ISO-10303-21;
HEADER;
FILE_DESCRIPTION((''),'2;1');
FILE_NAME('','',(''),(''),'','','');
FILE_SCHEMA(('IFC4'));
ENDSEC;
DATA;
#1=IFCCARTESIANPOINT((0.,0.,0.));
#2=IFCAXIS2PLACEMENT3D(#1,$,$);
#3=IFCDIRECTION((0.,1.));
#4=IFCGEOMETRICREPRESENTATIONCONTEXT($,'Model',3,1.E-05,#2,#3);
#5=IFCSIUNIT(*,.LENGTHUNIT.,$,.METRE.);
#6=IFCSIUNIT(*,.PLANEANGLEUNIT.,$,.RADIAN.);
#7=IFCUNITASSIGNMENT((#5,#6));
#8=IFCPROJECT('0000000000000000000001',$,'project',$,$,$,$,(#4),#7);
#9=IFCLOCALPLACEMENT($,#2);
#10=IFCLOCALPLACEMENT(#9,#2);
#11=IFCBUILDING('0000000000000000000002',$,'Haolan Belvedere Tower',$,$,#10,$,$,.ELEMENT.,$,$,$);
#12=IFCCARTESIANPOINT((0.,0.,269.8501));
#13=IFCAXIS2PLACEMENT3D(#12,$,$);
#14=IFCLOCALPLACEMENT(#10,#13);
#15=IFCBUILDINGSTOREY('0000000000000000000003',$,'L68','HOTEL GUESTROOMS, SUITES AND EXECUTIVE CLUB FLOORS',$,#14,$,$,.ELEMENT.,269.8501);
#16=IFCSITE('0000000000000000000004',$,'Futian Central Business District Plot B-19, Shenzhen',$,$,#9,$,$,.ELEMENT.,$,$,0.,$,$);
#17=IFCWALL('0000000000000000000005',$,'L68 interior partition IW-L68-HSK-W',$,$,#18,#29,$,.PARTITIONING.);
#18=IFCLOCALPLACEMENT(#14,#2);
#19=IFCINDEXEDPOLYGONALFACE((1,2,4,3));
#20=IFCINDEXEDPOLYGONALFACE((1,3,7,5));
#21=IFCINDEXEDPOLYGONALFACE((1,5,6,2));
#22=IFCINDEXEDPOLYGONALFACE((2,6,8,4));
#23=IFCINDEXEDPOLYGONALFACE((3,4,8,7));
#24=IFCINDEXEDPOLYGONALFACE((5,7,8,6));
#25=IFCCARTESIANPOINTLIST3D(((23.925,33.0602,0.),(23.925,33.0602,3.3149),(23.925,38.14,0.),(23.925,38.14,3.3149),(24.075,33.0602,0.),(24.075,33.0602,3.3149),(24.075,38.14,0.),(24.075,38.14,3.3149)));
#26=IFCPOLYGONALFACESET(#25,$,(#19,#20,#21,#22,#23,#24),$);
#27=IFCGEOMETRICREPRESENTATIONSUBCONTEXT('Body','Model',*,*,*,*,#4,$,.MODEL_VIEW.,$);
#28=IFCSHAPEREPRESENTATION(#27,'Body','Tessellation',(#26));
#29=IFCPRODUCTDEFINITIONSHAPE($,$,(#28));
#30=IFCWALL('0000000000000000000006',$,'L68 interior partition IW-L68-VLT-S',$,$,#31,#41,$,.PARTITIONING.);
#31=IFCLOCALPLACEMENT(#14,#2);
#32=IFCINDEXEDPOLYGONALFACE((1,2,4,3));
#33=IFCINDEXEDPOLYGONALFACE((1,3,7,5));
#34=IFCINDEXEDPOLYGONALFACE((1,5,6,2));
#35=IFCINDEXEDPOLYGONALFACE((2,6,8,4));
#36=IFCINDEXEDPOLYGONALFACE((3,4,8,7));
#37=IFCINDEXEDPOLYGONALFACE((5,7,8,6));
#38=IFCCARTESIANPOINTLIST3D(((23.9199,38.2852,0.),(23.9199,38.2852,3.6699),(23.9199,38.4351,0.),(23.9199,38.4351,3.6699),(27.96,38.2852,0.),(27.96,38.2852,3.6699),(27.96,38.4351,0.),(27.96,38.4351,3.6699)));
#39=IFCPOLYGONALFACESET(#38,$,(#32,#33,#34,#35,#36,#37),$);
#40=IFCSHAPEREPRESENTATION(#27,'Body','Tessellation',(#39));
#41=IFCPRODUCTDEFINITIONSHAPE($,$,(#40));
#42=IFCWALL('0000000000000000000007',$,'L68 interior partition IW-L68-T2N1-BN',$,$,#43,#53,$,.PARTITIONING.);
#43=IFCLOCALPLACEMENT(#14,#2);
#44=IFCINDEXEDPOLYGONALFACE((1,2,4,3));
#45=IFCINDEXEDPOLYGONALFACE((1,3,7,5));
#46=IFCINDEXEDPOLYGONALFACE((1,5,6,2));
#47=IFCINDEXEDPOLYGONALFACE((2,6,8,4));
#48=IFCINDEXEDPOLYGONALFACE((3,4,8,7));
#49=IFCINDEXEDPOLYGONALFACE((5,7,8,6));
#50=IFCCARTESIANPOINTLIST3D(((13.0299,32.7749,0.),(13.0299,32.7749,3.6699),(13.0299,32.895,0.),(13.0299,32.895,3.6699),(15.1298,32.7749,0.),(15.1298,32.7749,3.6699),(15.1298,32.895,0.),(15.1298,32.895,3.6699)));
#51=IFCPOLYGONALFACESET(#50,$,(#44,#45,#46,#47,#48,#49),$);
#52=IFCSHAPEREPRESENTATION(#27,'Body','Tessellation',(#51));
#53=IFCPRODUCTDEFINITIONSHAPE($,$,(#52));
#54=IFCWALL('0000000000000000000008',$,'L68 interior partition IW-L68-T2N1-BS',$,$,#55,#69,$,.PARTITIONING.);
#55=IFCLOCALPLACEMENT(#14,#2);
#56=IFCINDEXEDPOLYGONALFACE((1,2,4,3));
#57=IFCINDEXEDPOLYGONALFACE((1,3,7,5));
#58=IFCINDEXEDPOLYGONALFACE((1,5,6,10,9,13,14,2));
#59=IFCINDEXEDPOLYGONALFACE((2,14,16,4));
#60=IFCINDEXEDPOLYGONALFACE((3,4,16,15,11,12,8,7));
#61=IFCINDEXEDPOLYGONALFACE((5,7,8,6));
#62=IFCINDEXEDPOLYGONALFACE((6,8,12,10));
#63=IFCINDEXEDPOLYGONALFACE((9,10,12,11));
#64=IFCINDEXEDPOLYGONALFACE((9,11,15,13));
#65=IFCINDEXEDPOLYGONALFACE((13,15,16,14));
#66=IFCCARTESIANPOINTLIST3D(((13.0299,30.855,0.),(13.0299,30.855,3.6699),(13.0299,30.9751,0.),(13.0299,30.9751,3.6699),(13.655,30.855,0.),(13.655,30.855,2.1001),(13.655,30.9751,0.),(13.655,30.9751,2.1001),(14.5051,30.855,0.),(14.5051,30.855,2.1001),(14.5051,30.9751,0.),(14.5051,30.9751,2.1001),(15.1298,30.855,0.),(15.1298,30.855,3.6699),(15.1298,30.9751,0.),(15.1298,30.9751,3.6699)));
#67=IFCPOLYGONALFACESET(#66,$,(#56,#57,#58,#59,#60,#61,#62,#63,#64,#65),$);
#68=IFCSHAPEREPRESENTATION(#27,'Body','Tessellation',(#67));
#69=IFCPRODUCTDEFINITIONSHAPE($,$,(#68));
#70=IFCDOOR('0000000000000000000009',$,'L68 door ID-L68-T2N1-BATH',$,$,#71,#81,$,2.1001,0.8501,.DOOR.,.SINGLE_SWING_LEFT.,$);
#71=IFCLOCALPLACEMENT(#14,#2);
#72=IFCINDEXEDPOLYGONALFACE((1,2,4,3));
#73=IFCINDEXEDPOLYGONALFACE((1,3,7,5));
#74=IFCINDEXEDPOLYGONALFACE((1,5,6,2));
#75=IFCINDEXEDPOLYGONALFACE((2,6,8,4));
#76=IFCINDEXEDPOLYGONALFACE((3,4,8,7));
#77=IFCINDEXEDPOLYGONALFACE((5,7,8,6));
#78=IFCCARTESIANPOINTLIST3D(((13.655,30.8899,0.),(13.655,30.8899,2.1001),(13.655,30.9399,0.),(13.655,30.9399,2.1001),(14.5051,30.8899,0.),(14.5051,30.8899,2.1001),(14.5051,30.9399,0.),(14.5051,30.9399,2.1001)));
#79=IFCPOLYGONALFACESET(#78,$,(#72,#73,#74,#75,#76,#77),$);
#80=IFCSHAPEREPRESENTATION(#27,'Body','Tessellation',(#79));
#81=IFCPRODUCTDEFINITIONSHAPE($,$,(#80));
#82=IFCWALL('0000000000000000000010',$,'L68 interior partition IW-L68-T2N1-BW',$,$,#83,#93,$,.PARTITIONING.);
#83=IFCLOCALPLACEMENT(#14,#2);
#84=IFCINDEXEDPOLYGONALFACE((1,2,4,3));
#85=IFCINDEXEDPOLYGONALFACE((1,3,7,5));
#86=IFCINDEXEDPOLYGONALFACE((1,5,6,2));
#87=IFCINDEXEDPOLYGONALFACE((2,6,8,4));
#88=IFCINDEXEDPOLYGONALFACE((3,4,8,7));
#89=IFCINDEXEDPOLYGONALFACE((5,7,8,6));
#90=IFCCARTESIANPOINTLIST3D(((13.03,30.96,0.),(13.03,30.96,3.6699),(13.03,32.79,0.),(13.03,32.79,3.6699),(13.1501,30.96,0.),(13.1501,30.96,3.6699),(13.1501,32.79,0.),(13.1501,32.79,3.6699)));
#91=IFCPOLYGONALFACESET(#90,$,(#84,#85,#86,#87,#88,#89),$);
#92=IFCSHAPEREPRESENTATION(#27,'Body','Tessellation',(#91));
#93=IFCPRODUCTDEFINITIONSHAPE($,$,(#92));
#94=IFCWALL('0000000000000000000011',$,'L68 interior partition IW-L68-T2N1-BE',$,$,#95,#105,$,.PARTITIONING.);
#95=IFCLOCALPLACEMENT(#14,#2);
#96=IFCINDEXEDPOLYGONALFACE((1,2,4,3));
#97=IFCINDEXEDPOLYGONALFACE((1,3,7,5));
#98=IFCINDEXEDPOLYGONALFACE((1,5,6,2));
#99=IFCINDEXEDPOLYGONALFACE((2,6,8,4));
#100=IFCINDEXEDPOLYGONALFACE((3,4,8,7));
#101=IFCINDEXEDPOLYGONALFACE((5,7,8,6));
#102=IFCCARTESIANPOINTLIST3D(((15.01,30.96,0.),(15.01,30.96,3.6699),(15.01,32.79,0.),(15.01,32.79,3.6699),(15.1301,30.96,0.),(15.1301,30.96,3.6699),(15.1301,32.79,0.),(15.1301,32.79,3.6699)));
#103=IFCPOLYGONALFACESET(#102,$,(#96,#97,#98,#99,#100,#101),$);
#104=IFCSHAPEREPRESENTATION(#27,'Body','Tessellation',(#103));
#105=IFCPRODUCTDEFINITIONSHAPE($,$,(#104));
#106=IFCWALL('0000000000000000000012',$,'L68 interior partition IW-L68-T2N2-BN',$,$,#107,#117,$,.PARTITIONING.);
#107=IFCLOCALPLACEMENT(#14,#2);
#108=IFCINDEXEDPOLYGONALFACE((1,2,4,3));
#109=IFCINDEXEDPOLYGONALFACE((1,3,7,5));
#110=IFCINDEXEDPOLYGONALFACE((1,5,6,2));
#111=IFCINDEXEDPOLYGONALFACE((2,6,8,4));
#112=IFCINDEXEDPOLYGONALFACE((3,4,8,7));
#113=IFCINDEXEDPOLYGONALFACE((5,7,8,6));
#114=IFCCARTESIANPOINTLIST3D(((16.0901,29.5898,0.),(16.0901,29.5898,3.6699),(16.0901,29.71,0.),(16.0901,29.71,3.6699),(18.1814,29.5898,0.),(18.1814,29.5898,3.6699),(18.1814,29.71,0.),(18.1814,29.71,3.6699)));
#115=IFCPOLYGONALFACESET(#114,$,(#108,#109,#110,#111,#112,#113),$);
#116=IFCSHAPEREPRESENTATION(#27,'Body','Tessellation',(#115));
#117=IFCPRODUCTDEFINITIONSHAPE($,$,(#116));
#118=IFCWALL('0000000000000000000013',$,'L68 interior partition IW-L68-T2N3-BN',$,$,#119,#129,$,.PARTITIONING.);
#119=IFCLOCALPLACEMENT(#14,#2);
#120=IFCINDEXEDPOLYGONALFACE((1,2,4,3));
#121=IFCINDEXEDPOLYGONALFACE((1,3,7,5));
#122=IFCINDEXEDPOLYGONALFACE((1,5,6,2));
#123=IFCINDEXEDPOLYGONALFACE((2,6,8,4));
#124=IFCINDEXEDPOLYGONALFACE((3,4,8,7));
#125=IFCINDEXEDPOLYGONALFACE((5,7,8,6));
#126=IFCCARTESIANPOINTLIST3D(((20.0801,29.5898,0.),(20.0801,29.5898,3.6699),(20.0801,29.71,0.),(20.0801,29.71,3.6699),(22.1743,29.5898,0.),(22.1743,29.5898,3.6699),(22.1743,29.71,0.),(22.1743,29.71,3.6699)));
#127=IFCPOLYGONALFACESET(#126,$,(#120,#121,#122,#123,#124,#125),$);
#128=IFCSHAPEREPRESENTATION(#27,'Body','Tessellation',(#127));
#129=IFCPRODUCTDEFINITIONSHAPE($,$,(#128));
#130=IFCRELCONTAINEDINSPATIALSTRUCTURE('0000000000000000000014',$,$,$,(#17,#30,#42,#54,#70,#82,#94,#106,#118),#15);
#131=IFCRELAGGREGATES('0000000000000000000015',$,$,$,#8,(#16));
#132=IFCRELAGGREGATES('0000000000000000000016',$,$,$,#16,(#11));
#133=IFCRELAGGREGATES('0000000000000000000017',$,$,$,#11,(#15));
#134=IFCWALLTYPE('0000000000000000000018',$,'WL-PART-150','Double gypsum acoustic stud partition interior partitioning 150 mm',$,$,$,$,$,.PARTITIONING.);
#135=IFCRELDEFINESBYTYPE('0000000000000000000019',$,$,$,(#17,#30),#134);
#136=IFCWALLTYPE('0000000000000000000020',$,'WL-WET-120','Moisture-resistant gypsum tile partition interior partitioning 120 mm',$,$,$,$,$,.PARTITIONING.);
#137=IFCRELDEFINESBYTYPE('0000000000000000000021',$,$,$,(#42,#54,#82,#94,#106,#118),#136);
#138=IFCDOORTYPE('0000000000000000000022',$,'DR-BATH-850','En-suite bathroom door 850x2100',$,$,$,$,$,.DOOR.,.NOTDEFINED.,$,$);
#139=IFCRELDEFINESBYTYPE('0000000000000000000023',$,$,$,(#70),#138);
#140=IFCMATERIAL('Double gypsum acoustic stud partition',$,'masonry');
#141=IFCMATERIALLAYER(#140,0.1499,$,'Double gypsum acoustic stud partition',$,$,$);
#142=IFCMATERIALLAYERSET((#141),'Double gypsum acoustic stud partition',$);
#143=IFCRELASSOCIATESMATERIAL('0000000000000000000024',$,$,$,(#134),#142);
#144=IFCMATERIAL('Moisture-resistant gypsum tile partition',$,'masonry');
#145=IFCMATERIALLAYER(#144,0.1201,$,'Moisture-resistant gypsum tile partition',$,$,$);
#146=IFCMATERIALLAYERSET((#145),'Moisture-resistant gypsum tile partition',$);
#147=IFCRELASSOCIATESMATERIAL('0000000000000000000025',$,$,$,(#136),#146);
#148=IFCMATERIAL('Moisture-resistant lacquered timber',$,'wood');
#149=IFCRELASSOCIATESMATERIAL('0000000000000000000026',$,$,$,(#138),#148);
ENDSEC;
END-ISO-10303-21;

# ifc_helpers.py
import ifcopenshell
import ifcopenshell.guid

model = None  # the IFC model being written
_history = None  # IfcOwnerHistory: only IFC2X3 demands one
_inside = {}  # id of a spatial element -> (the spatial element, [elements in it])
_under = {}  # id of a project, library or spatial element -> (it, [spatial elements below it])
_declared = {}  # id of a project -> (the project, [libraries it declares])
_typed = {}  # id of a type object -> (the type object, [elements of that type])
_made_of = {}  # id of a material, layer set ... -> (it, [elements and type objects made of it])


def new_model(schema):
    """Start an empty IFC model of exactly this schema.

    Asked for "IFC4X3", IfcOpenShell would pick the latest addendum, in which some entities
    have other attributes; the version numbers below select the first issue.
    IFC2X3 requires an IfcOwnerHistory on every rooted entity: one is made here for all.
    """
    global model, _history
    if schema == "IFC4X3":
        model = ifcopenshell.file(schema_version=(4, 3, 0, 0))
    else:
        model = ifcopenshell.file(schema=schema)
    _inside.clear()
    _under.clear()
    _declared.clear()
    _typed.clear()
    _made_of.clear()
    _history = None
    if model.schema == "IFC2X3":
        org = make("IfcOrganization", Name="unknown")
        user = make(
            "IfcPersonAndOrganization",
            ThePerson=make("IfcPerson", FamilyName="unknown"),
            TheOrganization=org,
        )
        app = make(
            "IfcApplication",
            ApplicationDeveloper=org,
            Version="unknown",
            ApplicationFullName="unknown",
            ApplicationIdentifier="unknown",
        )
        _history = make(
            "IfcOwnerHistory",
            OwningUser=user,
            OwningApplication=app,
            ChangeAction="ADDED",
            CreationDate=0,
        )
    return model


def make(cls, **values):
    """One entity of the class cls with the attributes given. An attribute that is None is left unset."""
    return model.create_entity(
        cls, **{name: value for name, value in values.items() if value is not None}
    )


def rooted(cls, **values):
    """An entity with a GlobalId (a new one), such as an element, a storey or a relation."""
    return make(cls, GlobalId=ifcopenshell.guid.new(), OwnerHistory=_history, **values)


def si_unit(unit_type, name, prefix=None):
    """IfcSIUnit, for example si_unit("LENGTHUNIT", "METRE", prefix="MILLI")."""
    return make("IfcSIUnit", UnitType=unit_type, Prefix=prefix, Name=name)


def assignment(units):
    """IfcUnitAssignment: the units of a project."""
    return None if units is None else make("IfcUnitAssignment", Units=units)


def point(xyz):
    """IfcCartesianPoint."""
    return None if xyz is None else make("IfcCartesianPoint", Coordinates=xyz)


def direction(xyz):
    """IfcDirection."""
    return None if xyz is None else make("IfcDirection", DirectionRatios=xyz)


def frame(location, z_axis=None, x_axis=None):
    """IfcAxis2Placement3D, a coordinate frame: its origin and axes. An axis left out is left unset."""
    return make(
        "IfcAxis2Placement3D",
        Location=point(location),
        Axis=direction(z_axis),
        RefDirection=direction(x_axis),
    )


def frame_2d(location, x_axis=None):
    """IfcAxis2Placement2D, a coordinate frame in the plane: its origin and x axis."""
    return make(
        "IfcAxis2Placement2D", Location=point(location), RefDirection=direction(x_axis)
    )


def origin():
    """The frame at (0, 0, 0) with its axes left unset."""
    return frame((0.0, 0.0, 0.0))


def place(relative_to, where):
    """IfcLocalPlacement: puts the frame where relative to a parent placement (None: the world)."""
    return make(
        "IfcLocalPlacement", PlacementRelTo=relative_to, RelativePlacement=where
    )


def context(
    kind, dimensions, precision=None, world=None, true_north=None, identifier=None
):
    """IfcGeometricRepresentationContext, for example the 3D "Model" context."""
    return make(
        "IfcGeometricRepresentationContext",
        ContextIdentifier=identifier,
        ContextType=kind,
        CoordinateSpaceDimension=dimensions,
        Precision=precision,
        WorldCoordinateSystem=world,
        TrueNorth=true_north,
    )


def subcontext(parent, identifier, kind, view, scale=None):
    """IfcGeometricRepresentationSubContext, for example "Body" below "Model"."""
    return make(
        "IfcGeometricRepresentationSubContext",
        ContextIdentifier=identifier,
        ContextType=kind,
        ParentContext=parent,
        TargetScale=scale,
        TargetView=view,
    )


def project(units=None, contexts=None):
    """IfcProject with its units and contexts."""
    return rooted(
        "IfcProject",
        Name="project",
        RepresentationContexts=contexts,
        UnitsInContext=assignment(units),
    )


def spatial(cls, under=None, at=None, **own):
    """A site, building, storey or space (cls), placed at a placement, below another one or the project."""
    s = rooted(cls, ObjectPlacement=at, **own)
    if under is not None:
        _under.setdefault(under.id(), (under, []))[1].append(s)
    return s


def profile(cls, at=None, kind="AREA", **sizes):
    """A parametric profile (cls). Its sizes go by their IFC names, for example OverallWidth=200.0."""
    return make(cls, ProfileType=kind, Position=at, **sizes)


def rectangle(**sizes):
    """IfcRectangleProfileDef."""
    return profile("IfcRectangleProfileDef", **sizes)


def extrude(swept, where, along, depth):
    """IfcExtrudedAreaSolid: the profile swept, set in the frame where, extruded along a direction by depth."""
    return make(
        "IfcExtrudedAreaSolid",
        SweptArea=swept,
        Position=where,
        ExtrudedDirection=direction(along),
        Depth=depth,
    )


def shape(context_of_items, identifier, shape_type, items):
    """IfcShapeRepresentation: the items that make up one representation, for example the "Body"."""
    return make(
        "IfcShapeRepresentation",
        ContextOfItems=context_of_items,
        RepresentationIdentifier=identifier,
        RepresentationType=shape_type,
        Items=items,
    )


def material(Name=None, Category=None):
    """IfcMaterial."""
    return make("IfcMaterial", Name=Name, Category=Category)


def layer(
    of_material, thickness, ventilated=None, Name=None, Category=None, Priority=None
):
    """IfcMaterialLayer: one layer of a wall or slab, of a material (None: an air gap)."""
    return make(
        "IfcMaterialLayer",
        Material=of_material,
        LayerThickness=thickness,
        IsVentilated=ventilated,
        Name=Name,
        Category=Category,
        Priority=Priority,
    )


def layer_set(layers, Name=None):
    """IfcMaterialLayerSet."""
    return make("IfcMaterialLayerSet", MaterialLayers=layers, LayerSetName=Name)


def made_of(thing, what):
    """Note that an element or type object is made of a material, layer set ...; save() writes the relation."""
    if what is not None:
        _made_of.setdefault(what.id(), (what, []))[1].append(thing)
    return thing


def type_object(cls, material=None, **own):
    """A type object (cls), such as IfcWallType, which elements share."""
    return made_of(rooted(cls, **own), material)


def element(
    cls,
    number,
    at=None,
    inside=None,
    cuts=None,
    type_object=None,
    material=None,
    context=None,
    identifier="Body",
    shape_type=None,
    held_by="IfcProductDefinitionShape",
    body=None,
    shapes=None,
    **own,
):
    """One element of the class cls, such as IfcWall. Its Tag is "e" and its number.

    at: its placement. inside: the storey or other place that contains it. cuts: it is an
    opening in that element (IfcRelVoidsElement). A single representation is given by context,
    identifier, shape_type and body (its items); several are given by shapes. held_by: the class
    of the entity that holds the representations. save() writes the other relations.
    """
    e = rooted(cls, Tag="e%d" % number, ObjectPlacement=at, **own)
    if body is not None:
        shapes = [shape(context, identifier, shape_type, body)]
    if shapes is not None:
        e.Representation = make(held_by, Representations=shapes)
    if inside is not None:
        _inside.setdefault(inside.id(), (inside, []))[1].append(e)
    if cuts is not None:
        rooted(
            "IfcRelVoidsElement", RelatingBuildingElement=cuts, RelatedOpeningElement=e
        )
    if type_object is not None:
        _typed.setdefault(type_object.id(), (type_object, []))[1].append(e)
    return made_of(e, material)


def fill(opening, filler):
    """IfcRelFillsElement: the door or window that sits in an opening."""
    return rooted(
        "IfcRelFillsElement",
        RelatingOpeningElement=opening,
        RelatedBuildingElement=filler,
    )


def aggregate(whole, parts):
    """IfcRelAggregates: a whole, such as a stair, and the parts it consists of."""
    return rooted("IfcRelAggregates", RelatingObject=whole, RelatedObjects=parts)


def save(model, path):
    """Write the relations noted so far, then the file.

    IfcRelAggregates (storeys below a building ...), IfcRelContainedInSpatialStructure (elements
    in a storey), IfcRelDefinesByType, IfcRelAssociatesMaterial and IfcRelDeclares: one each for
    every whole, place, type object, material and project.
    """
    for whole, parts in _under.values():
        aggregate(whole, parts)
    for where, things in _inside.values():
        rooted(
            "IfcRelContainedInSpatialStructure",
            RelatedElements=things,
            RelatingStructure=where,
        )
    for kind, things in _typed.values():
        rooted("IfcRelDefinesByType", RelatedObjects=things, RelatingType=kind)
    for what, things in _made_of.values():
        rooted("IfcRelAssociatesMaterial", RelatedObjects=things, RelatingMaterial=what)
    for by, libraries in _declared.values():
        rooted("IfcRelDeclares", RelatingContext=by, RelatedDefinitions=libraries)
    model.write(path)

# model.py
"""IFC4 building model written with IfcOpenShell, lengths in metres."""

from ifc_helpers import new_model, si_unit, direction, frame, frame_2d, origin, place, context, subcontext, project, spatial, rectangle, extrude, material, layer, layer_set, type_object, element, fill, save


model = new_model("IFC4")

# Units and contexts
model_context = context("Model", 3, precision=1e-05, world=origin(), true_north=direction((0.0, 1.0)))
body_context = subcontext(model_context, "Body", "Model", "MODEL_VIEW")
ifc_project = project(units=[si_unit("LENGTHUNIT", "METRE"), si_unit("PLANEANGLEUNIT", "RADIAN")], contexts=[model_context])

# Site, building, storey
site_placement = place(None, origin())
site = spatial("IfcSite", under=ifc_project, at=site_placement, Name="Futian Central Business District Plot B-19, Shenzhen", CompositionType="ELEMENT", RefElevation=0.0)
building_placement = place(site_placement, origin())
building = spatial("IfcBuilding", under=site, at=building_placement, Name="Haolan Belvedere Tower", CompositionType="ELEMENT")
storey_placement = place(building_placement, frame((0.0, 0.0, 269.8501)))
storey = spatial("IfcBuildingStorey", under=building, at=storey_placement, Name="L68", Description="HOTEL GUESTROOMS, SUITES AND EXECUTIVE CLUB FLOORS", CompositionType="ELEMENT", Elevation=269.8501)

# Walls
ifc_material_1 = material(Name="Double gypsum acoustic stud partition", Category="masonry")
ifc_layer_1 = layer(ifc_material_1, 0.1499, Name="Double gypsum acoustic stud partition")
ifc_layer_set_1 = layer_set([ifc_layer_1], Name="Double gypsum acoustic stud partition")
wall_type_1 = type_object("IfcWallType", Name="WL-PART-150", Description="Double gypsum acoustic stud partition interior partitioning 150 mm", PredefinedType="PARTITIONING", material=ifc_layer_set_1)
wall_1_placement = place(storey_placement, frame((24.0, 33.0601, 0.0), z_axis=(0.0, 0.0, 1.0), x_axis=(0.0, 1.0, 0.0)))
element("IfcWall", 1, at=wall_1_placement, inside=storey, type_object=wall_type_1, Name="L68 interior partition IW-L68-HSK-W", PredefinedType="PARTITIONING", context=body_context, shape_type="SweptSolid", body=[
    extrude(rectangle(XDim=5.0798, YDim=0.1499, at=frame_2d((2.54, 0.0))), origin(), (0.0, 0.0, 1.0), 3.3149),
])
wall_2_placement = place(storey_placement, frame((23.9199, 38.3601, 0.0), z_axis=(0.0, 0.0, 1.0), x_axis=(1.0, 0.0, 0.0)))
element("IfcWall", 2, at=wall_2_placement, inside=storey, type_object=wall_type_1, Name="L68 interior partition IW-L68-VLT-S", PredefinedType="PARTITIONING", context=body_context, shape_type="SweptSolid", body=[
    extrude(rectangle(XDim=4.04, YDim=0.1499, at=frame_2d((2.02, 0.0))), origin(), (0.0, 0.0, 1.0), 3.6699),
])
ifc_material_2 = material(Name="Moisture-resistant gypsum tile partition", Category="masonry")
ifc_layer_2 = layer(ifc_material_2, 0.1201, Name="Moisture-resistant gypsum tile partition")
ifc_layer_set_2 = layer_set([ifc_layer_2], Name="Moisture-resistant gypsum tile partition")
wall_type_2 = type_object("IfcWallType", Name="WL-WET-120", Description="Moisture-resistant gypsum tile partition interior partitioning 120 mm", PredefinedType="PARTITIONING", material=ifc_layer_set_2)
wall_3_placement = place(storey_placement, frame((13.03, 32.835, 0.0), z_axis=(0.0, 0.0, 1.0), x_axis=(1.0, 0.0, 0.0)))
element("IfcWall", 3, at=wall_3_placement, inside=storey, type_object=wall_type_2, Name="L68 interior partition IW-L68-T2N1-BN", PredefinedType="PARTITIONING", context=body_context, shape_type="SweptSolid", body=[
    extrude(rectangle(XDim=2.0999, YDim=0.1201, at=frame_2d((1.0498, 0.0))), origin(), (0.0, 0.0, 1.0), 3.6699),
])

# Wall, opening, door
wall_4_placement = place(storey_placement, frame((13.03, 30.915, 0.0), z_axis=(0.0, 0.0, 1.0), x_axis=(1.0, 0.0, 0.0)))
wall_4 = element("IfcWall", 4, at=wall_4_placement, inside=storey, type_object=wall_type_2, Name="L68 interior partition IW-L68-T2N1-BS", PredefinedType="PARTITIONING", context=body_context, shape_type="SweptSolid", body=[
    extrude(rectangle(XDim=2.0999, YDim=0.1201, at=frame_2d((1.0498, 0.0))), origin(), (0.0, 0.0, 1.0), 3.6699),
])
opening_1_placement = place(wall_4_placement, frame((0.625, 0.0, 0.0)))
opening_1 = element("IfcOpeningElement", 5, at=opening_1_placement, cuts=wall_4, PredefinedType="OPENING", context=body_context, shape_type="SweptSolid", body=[
    extrude(rectangle(XDim=0.8501, YDim=2.1001, at=frame_2d((0.425, 1.05))), frame((0.0, 0.0701, 0.0), z_axis=(0.0, -1.0, 0.0), x_axis=(1.0, 0.0, 0.0)), (0.0, 0.0, 1.0), 0.1401),
])
ifc_material_3 = material(Name="Moisture-resistant lacquered timber", Category="wood")
door_type = type_object("IfcDoorType", Name="DR-BATH-850", Description="En-suite bathroom door 850x2100", OperationType="NOTDEFINED", PredefinedType="DOOR", material=ifc_material_3)
door_placement = place(opening_1_placement, origin())
door = element("IfcDoor", 6, at=door_placement, inside=storey, type_object=door_type, Name="L68 door ID-L68-T2N1-BATH", OperationType="SINGLE_SWING_LEFT", OverallHeight=2.1001, OverallWidth=0.8501, PredefinedType="DOOR", context=body_context, shape_type="SweptSolid", body=[
    extrude(rectangle(XDim=0.8501, YDim=2.1001, at=frame_2d((0.425, 1.05))), frame((0.0, 0.0249, 0.0), z_axis=(0.0, -1.0, 0.0), x_axis=(1.0, 0.0, 0.0)), (0.0, 0.0, 1.0), 0.05),
])
fill(opening_1, door)

# Walls
for number, where, z_axis, x_axis, name in (
    (7, (13.0901, 30.96, 0.0), (0.0, 0.0, 1.0), (0.0, 1.0, 0.0), "L68 interior partition IW-L68-T2N1-BW"),
    (8, (15.0701, 30.96, 0.0), (0.0, 0.0, 1.0), (0.0, 1.0, 0.0), "L68 interior partition IW-L68-T2N1-BE"),
):
    element("IfcWall", number, at=place(storey_placement, frame(where, z_axis=z_axis, x_axis=x_axis)), inside=storey, type_object=wall_type_2, Name=name, PredefinedType="PARTITIONING", context=body_context, shape_type="SweptSolid", body=[
        extrude(rectangle(XDim=1.8301, YDim=0.1201, at=frame_2d((0.915, 0.0))), origin(), (0.0, 0.0, 1.0), 3.6699),
    ])
wall_5_placement = place(storey_placement, frame((16.0901, 29.6499, 0.0), z_axis=(0.0, 0.0, 1.0), x_axis=(1.0, 0.0, 0.0)))
element("IfcWall", 9, at=wall_5_placement, inside=storey, type_object=wall_type_2, Name="L68 interior partition IW-L68-T2N2-BN", PredefinedType="PARTITIONING", context=body_context, shape_type="SweptSolid", body=[
    extrude(rectangle(XDim=2.0913, YDim=0.1201, at=frame_2d((1.0457, 0.0))), origin(), (0.0, 0.0, 1.0), 3.6699),
])
wall_6_placement = place(storey_placement, frame((20.0801, 29.6499, 0.0), z_axis=(0.0, 0.0, 1.0), x_axis=(1.0, 0.0, 0.0)))
element("IfcWall", 10, at=wall_6_placement, inside=storey, type_object=wall_type_2, Name="L68 interior partition IW-L68-T2N3-BN", PredefinedType="PARTITIONING", context=body_context, shape_type="SweptSolid", body=[
    extrude(rectangle(XDim=2.0942, YDim=0.1201, at=frame_2d((1.0471, 0.0))), origin(), (0.0, 0.0, 1.0), 3.6699),
])

save(model, "model.ifc")
